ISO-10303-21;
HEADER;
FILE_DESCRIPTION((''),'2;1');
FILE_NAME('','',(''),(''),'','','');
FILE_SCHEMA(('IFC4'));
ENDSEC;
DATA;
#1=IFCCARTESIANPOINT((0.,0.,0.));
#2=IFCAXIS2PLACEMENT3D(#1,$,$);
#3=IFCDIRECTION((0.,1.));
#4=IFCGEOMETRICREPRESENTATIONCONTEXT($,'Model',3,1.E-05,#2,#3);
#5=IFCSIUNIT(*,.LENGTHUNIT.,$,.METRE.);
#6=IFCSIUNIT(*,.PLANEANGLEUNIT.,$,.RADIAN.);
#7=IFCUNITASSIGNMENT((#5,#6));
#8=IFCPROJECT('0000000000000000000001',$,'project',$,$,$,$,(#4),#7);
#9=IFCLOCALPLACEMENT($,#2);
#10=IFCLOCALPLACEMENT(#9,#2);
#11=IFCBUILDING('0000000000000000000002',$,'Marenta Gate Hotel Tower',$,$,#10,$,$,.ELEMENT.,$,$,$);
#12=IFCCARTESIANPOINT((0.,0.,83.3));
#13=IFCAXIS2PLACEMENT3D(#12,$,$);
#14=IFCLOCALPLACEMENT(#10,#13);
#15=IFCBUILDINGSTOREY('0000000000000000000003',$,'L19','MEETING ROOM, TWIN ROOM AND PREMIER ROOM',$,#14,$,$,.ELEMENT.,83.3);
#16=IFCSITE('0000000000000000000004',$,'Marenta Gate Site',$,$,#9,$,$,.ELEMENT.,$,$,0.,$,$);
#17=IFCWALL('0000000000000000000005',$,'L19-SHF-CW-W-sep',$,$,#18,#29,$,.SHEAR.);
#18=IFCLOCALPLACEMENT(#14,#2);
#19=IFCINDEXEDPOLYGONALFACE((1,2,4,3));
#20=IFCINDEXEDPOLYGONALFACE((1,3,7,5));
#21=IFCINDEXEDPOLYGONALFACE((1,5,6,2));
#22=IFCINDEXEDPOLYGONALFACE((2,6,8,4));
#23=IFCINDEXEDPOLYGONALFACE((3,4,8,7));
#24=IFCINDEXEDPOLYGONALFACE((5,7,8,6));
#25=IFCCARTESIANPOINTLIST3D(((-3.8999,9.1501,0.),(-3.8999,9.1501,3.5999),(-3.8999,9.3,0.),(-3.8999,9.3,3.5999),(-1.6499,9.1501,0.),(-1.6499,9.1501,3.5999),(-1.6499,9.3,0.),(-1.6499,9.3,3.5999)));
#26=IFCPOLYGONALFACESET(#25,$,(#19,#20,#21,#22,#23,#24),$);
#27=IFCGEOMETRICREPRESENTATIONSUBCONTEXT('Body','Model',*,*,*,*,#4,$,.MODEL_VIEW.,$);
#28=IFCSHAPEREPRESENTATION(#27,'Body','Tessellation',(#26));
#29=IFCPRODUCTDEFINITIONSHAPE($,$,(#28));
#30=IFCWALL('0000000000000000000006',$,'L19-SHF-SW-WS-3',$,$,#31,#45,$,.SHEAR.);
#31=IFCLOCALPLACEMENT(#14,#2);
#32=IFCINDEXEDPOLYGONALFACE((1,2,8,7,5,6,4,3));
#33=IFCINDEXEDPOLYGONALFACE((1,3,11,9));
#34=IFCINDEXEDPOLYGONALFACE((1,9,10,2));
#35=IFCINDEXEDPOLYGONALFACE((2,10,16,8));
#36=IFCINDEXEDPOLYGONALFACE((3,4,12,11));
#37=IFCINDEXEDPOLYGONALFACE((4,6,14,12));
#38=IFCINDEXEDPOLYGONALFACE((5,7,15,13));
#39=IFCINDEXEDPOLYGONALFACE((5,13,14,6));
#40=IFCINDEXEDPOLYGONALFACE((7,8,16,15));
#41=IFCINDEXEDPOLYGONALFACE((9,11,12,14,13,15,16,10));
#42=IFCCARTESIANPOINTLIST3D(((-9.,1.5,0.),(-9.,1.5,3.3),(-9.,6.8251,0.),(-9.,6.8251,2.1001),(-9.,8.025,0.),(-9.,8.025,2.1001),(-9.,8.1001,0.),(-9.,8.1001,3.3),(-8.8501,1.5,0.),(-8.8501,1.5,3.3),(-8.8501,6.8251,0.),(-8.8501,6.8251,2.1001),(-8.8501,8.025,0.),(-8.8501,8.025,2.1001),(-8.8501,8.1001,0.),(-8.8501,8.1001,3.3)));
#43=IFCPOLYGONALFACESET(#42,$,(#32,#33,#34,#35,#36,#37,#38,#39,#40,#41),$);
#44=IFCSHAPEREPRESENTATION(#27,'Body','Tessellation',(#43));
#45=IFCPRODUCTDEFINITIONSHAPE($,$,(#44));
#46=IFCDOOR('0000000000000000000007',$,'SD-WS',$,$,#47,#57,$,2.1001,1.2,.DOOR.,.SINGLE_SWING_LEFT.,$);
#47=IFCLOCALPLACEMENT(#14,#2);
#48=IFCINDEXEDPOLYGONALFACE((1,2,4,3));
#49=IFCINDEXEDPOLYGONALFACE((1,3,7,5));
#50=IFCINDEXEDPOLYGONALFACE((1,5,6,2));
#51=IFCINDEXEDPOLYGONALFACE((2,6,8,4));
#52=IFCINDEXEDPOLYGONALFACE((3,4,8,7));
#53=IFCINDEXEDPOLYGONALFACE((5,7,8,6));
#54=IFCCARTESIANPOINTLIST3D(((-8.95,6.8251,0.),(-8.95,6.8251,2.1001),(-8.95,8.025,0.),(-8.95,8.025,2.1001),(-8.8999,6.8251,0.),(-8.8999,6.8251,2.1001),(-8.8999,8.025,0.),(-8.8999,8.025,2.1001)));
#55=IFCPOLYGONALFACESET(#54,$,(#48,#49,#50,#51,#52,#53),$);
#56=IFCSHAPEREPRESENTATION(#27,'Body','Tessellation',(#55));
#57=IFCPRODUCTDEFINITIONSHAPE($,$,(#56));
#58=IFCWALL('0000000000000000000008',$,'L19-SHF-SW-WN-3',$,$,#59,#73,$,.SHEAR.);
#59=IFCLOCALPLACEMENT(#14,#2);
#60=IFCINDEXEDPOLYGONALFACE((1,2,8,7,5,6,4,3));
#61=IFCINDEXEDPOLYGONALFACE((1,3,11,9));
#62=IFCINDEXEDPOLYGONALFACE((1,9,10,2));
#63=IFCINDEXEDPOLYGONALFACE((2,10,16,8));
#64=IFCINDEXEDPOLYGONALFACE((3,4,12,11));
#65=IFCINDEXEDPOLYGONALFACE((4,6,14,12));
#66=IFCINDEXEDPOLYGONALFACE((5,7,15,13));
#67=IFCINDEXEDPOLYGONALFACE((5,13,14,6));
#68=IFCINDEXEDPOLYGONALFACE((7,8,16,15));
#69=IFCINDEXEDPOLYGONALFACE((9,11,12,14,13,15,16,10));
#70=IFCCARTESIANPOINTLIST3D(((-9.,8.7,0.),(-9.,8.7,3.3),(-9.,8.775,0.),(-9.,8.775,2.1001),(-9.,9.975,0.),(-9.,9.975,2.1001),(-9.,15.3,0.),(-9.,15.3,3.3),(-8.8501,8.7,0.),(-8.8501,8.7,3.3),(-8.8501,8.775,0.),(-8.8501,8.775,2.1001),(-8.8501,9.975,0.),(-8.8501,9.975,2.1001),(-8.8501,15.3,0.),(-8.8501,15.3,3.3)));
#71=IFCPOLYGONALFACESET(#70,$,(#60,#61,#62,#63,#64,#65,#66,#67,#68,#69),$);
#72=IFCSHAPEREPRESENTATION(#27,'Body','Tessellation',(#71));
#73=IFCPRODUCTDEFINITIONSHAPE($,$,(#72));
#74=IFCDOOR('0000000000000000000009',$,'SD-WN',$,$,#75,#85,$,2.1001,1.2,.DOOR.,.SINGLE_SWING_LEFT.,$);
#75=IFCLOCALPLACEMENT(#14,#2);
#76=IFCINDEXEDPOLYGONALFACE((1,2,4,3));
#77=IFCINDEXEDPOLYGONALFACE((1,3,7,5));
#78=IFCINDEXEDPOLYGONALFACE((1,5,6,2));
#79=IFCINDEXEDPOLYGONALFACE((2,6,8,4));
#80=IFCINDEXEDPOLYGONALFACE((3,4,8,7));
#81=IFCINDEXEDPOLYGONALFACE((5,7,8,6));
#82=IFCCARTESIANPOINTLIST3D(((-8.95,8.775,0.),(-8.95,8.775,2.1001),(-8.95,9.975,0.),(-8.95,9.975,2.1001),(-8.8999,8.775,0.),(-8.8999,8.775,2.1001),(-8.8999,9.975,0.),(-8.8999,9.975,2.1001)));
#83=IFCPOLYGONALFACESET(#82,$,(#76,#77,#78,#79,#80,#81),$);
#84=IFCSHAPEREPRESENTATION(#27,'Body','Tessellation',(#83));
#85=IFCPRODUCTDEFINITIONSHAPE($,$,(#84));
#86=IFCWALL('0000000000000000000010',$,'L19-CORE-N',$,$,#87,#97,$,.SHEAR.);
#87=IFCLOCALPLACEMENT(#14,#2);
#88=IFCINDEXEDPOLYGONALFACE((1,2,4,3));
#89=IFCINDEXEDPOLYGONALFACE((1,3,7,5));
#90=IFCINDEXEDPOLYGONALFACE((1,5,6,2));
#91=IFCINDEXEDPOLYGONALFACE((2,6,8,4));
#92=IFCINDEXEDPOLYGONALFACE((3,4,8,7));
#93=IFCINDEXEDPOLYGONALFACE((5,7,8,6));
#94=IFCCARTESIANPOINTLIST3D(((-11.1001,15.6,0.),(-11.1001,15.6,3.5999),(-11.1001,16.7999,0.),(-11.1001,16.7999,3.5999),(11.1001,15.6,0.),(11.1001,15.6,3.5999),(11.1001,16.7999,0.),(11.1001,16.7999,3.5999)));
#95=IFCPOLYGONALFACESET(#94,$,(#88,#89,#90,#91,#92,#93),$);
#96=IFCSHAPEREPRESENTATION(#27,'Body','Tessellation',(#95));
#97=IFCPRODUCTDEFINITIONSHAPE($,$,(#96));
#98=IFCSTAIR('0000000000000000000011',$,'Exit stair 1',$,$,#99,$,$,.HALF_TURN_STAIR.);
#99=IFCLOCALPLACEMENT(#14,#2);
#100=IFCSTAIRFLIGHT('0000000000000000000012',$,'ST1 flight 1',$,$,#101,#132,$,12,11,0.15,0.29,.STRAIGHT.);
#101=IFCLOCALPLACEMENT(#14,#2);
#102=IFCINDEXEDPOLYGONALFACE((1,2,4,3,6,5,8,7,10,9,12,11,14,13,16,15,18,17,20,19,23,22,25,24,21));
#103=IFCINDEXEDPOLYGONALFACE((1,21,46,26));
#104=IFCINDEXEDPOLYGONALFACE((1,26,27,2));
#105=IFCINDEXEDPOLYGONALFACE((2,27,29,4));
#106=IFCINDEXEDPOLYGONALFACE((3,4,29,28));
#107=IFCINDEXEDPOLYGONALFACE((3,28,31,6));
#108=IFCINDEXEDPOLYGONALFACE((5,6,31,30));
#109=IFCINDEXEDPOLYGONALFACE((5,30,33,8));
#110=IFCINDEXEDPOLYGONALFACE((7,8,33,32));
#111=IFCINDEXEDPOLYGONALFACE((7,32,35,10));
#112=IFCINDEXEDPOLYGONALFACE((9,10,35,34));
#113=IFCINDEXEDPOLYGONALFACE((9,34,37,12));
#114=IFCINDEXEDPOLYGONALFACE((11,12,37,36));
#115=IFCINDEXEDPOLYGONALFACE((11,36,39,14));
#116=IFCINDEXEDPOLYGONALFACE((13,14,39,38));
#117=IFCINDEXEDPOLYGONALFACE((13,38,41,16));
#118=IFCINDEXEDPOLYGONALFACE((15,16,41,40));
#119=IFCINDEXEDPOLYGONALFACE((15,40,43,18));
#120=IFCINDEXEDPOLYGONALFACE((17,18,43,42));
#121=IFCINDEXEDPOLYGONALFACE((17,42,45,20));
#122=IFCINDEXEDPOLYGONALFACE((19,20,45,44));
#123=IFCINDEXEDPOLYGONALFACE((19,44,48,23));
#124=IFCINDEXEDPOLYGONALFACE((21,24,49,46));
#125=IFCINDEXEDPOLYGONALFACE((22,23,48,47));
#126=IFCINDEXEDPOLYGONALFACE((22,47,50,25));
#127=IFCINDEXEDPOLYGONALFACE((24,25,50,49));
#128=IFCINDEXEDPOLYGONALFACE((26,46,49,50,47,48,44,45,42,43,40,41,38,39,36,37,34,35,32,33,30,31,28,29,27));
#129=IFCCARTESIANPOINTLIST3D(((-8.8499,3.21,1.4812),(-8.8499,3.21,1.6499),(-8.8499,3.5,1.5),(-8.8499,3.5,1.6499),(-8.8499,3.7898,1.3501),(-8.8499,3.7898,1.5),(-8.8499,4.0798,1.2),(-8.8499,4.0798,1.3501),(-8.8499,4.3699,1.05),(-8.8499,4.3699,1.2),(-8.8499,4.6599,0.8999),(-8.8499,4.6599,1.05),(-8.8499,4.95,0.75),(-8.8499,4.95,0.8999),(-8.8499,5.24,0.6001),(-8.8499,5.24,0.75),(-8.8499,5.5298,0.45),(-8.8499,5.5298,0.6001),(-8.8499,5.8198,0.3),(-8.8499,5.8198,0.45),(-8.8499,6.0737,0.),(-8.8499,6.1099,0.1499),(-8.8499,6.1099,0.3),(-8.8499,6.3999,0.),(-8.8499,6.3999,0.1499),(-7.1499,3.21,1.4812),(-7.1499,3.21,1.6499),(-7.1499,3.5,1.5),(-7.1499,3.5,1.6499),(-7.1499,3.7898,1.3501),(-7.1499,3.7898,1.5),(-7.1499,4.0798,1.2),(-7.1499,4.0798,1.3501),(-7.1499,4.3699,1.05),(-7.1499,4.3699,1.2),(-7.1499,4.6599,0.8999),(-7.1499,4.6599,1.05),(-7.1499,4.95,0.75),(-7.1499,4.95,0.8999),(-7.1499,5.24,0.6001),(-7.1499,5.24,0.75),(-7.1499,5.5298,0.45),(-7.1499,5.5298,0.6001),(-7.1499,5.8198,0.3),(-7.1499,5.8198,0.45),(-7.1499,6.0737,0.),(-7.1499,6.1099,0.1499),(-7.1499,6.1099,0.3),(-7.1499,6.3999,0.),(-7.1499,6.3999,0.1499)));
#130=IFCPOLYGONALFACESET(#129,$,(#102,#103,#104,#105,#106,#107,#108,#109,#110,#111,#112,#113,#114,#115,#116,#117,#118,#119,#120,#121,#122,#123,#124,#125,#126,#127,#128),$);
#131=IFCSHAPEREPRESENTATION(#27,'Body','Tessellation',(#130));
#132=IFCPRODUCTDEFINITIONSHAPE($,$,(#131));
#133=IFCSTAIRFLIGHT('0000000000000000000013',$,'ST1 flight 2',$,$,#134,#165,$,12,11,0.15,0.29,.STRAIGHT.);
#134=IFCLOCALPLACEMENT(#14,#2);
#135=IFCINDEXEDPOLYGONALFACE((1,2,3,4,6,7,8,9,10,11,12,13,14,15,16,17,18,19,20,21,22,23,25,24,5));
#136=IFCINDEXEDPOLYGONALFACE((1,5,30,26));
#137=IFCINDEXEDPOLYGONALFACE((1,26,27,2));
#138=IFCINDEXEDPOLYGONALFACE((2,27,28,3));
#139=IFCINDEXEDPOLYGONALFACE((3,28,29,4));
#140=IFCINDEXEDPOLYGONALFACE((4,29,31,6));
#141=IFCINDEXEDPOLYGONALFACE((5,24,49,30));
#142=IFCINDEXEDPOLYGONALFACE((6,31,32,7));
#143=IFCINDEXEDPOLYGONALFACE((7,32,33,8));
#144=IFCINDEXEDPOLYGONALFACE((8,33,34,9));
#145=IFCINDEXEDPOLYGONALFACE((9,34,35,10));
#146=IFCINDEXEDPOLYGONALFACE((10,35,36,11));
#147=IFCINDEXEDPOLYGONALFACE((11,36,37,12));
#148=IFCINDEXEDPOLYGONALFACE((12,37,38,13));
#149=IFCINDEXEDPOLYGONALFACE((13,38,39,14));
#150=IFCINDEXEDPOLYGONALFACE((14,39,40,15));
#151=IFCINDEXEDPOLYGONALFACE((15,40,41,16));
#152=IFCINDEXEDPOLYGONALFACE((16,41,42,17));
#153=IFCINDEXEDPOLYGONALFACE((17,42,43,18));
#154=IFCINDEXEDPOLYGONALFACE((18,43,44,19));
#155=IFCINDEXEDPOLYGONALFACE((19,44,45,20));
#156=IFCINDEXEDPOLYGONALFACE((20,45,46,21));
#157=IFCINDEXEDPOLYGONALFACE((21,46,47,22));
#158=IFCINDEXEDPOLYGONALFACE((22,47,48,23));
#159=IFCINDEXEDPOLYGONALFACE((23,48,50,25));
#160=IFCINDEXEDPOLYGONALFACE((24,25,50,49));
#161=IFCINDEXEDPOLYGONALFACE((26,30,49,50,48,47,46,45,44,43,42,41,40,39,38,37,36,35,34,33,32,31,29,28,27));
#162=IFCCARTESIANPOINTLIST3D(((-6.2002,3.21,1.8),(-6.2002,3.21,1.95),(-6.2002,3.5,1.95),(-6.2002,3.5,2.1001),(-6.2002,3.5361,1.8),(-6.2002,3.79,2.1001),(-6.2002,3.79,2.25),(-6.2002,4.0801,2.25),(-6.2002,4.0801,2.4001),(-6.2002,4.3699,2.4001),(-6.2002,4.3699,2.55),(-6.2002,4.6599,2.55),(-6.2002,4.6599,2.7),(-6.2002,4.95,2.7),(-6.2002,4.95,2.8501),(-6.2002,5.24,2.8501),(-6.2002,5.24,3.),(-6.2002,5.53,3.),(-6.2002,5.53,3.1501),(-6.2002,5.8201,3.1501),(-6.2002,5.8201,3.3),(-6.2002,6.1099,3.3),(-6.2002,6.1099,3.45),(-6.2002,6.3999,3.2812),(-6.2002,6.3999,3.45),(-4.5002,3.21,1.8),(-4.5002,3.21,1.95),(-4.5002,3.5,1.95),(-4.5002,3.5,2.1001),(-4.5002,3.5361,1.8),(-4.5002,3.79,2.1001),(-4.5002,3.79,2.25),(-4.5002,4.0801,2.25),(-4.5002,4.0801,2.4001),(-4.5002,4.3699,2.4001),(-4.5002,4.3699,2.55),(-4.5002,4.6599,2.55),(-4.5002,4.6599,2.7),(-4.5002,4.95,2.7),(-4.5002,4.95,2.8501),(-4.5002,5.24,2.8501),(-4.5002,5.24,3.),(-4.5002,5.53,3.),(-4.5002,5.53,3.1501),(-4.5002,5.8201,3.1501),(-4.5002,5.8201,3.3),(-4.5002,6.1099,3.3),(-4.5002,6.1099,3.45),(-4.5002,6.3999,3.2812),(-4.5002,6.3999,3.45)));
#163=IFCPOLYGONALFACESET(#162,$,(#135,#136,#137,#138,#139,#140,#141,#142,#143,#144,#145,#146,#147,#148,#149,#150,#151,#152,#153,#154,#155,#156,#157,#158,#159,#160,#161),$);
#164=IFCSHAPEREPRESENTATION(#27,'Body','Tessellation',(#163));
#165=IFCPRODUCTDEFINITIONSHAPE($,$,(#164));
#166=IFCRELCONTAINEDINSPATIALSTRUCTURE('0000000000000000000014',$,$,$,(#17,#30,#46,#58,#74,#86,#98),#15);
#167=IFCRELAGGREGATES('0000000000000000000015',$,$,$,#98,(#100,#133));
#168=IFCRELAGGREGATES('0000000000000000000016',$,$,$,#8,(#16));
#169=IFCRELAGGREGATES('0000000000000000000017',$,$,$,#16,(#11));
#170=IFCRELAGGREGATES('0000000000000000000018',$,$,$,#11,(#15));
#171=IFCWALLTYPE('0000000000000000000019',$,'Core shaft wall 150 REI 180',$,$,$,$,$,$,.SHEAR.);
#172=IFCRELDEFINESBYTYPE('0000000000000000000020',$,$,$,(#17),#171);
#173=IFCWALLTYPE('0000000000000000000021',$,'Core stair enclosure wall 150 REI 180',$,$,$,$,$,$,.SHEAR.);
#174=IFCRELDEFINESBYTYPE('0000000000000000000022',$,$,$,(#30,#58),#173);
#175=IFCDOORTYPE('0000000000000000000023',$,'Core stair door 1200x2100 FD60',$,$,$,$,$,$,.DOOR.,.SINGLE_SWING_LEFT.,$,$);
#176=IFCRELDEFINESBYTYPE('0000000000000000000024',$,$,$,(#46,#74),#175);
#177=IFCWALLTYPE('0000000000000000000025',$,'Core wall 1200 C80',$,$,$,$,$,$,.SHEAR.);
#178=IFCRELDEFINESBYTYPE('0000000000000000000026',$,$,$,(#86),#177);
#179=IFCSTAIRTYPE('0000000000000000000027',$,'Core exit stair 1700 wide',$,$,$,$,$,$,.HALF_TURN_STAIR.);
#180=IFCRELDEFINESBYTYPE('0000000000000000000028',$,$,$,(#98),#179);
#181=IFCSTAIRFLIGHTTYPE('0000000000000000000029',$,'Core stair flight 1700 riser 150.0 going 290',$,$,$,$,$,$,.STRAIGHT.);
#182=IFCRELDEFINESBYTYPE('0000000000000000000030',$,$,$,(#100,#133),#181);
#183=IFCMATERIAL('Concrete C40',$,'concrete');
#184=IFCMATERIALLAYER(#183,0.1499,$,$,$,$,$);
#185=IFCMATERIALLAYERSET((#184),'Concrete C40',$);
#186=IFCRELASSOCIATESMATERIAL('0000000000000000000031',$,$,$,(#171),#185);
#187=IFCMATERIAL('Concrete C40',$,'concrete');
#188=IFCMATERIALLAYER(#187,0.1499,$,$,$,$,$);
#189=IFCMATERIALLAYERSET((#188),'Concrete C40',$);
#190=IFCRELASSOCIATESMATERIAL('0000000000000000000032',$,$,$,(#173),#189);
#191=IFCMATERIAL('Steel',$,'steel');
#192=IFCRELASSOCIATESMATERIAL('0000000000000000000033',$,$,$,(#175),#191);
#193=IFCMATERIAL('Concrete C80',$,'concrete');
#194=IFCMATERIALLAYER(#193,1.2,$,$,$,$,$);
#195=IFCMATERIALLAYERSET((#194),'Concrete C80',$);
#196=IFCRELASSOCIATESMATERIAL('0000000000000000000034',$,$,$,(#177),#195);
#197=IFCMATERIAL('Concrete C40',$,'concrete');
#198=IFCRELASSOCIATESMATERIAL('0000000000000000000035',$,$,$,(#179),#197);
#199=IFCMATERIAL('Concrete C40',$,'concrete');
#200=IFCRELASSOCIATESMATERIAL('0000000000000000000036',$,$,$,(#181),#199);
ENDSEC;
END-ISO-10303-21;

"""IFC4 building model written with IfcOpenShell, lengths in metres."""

from ifc_helpers import new_model, si_unit, direction, frame, frame_2d, origin, place, context, subcontext, project, spatial, polyline, rectangle, outline, extrude, material, layer, layer_set, type_object, element, fill, aggregate, save


model = new_model("IFC4")

# Units and contexts
model_context = context("Model", 3, precision=1e-05, world=origin(), true_north=direction((0.0, 1.0)))
body_context = subcontext(model_context, "Body", "Model", "MODEL_VIEW")
ifc_project = project(units=[si_unit("LENGTHUNIT", "METRE"), si_unit("PLANEANGLEUNIT", "RADIAN")], contexts=[model_context])

# Site, building, storey
site_placement = place(None, origin())
site = spatial("IfcSite", under=ifc_project, at=site_placement, Name="Marenta Gate Site", CompositionType="ELEMENT", RefElevation=0.0)
building_placement = place(site_placement, origin())
building = spatial("IfcBuilding", under=site, at=building_placement, Name="Marenta Gate Hotel Tower", CompositionType="ELEMENT")
storey_placement = place(building_placement, frame((0.0, 0.0, 83.3)))
storey = spatial("IfcBuildingStorey", under=building, at=storey_placement, Name="L19", Description="MEETING ROOM, TWIN ROOM AND PREMIER ROOM", CompositionType="ELEMENT", Elevation=83.3)

# Shared definitions
ifc_material_1 = material(Name="Concrete C40", Category="concrete")
ifc_layer_1 = layer(ifc_material_1, 0.1499)
ifc_layer_set_1 = layer_set([ifc_layer_1], Name="Concrete C40")
wall_type_1 = type_object("IfcWallType", Name="Core shaft wall 150 REI 180", PredefinedType="SHEAR", material=ifc_layer_set_1)

# Wall
wall_1_placement = place(storey_placement, frame((-3.8999, 9.2251, 0.0), z_axis=(0.0, 0.0, 1.0), x_axis=(1.0, 0.0, 0.0)))
element("IfcWall", 1, at=wall_1_placement, inside=storey, type_object=wall_type_1, Name="L19-SHF-CW-W-sep", PredefinedType="SHEAR", context=body_context, shape_type="SweptSolid", body=[
    extrude(rectangle(XDim=2.25, YDim=0.1499, at=frame_2d((1.125, 0.0))), origin(), (0.0, 0.0, 1.0), 3.5999),
])

# Walls, openings, doors
ifc_material_2 = material(Name="Concrete C40", Category="concrete")
ifc_layer_2 = layer(ifc_material_2, 0.1499)
ifc_layer_set_2 = layer_set([ifc_layer_2], Name="Concrete C40")
wall_type_2 = type_object("IfcWallType", Name="Core stair enclosure wall 150 REI 180", PredefinedType="SHEAR", material=ifc_layer_set_2)
wall_2_placement = place(storey_placement, frame((-8.925, 1.5, 0.0), z_axis=(0.0, 0.0, 1.0), x_axis=(0.0, 1.0, 0.0)))
wall_2 = element("IfcWall", 2, at=wall_2_placement, inside=storey, type_object=wall_type_2, Name="L19-SHF-SW-WS-3", PredefinedType="SHEAR", context=body_context, shape_type="SweptSolid", body=[
    extrude(rectangle(XDim=6.6001, YDim=0.1499, at=frame_2d((3.3, 0.0))), origin(), (0.0, 0.0, 1.0), 3.3),
])
opening_1_placement = place(wall_2_placement, frame((5.325, 0.0, 0.0)))
opening_1 = element("IfcOpeningElement", 3, at=opening_1_placement, cuts=wall_2, PredefinedType="OPENING", context=body_context, shape_type="SweptSolid", body=[
    extrude(rectangle(XDim=1.2, YDim=2.1001, at=frame_2d((0.6001, 1.05))), frame((0.0, 0.075, 0.0), z_axis=(0.0, -1.0, 0.0), x_axis=(1.0, 0.0, 0.0)), (0.0, 0.0, 1.0), 0.1499),
])
ifc_material_3 = material(Name="Steel", Category="steel")
door_type_1 = type_object("IfcDoorType", Name="Core stair door 1200x2100 FD60", OperationType="SINGLE_SWING_LEFT", PredefinedType="DOOR", material=ifc_material_3)
door_1_placement = place(opening_1_placement, origin())
door_1 = element("IfcDoor", 4, at=door_1_placement, inside=storey, type_object=door_type_1, Name="SD-WS", OperationType="SINGLE_SWING_LEFT", OverallHeight=2.1001, OverallWidth=1.2, PredefinedType="DOOR", context=body_context, shape_type="SweptSolid", body=[
    extrude(rectangle(XDim=1.2, YDim=2.1001, at=frame_2d((0.6001, 1.05))), frame((0.0, 0.0249, 0.0), z_axis=(0.0, -1.0, 0.0), x_axis=(1.0, 0.0, 0.0)), (0.0, 0.0, 1.0), 0.05),
])
fill(opening_1, door_1)
wall_3_placement = place(storey_placement, frame((-8.925, 8.7, 0.0), z_axis=(0.0, 0.0, 1.0), x_axis=(0.0, 1.0, 0.0)))
wall_3 = element("IfcWall", 5, at=wall_3_placement, inside=storey, type_object=wall_type_2, Name="L19-SHF-SW-WN-3", PredefinedType="SHEAR", context=body_context, shape_type="SweptSolid", body=[
    extrude(rectangle(XDim=6.6001, YDim=0.1499, at=frame_2d((3.3, 0.0))), origin(), (0.0, 0.0, 1.0), 3.3),
])
opening_2_placement = place(wall_3_placement, frame((0.075, 0.0, 0.0)))
opening_2 = element("IfcOpeningElement", 6, at=opening_2_placement, cuts=wall_3, PredefinedType="OPENING", context=body_context, shape_type="SweptSolid", body=[
    extrude(rectangle(XDim=1.2, YDim=2.1001, at=frame_2d((0.6001, 1.05))), frame((0.0, 0.075, 0.0), z_axis=(0.0, -1.0, 0.0), x_axis=(1.0, 0.0, 0.0)), (0.0, 0.0, 1.0), 0.1499),
])
door_2_placement = place(opening_2_placement, origin())
door_2 = element("IfcDoor", 7, at=door_2_placement, inside=storey, type_object=door_type_1, Name="SD-WN", OperationType="SINGLE_SWING_LEFT", OverallHeight=2.1001, OverallWidth=1.2, PredefinedType="DOOR", context=body_context, shape_type="SweptSolid", body=[
    extrude(rectangle(XDim=1.2, YDim=2.1001, at=frame_2d((0.6001, 1.05))), frame((0.0, 0.0249, 0.0), z_axis=(0.0, -1.0, 0.0), x_axis=(1.0, 0.0, 0.0)), (0.0, 0.0, 1.0), 0.05),
])
fill(opening_2, door_2)

# Wall
ifc_material_4 = material(Name="Concrete C80", Category="concrete")
ifc_layer_3 = layer(ifc_material_4, 1.2)
ifc_layer_set_3 = layer_set([ifc_layer_3], Name="Concrete C80")
wall_type_3 = type_object("IfcWallType", Name="Core wall 1200 C80", PredefinedType="SHEAR", material=ifc_layer_set_3)
wall_4_placement = place(storey_placement, frame((-11.1001, 16.2, 0.0), z_axis=(0.0, 0.0, 1.0), x_axis=(1.0, 0.0, 0.0)))
element("IfcWall", 8, at=wall_4_placement, inside=storey, type_object=wall_type_3, Name="L19-CORE-N", PredefinedType="SHEAR", context=body_context, shape_type="SweptSolid", body=[
    extrude(rectangle(XDim=22.2002, YDim=1.2, at=frame_2d((11.1001, 0.0))), origin(), (0.0, 0.0, 1.0), 3.5999),
])

# Stair, stair flights
ifc_material_5 = material(Name="Concrete C40", Category="concrete")
stair_type = type_object("IfcStairType", Name="Core exit stair 1700 wide", PredefinedType="HALF_TURN_STAIR", material=ifc_material_5)
stair_1_placement = place(storey_placement, origin())
stair_1 = element("IfcStair", 9, at=stair_1_placement, inside=storey, type_object=stair_type, Name="Exit stair 1", PredefinedType="HALF_TURN_STAIR")
ifc_material_6 = material(Name="Concrete C40", Category="concrete")
stair_flight_type = type_object("IfcStairFlightType", Name="Core stair flight 1700 riser 150.0 going 290", PredefinedType="STRAIGHT", material=ifc_material_6)
stair_flight_1_placement = place(storey_placement, frame((-8.0, 6.3999, 0.0), z_axis=(0.0, 0.0, 1.0), x_axis=(0.0, -1.0, 0.0)))
stair_flight_1 = element("IfcStairFlight", 10, at=stair_flight_1_placement, type_object=stair_flight_type, Name="ST1 flight 1", NumberOfRisers=12, NumberOfTreads=11, PredefinedType="STRAIGHT", RiserHeight=0.15, TreadLength=0.29, context=body_context, shape_type="SweptSolid", body=[
    extrude(outline(polyline([(0.0, 0.0), (0.0, 0.1499), (0.29, 0.1499), (0.29, 0.3), (0.5801, 0.3), (0.5801, 0.45), (0.8701, 0.45), (0.8701, 0.6001), (1.1599, 0.6001), (1.1599, 0.75), (1.45, 0.75), (1.45, 0.8999), (1.74, 0.8999), (1.74, 1.05), (2.03, 1.05), (2.03, 1.2), (2.3201, 1.2), (2.3201, 1.3501), (2.6101, 1.3501), (2.6101, 1.5), (2.8999, 1.5), (2.8999, 1.6499), (3.1899, 1.6499), (3.1899, 1.8), (3.1899, 1.4812), (0.3262, 0.0), (0.0, 0.0)])), frame((0.0, 0.8501, 0.0), z_axis=(0.0, -1.0, 0.0), x_axis=(1.0, 0.0, 0.0)), (0.0, 0.0, 1.0), 1.7),
])
stair_flight_2_placement = place(storey_placement, frame((-5.3501, 3.21, 1.8), z_axis=(0.0, 0.0, 1.0), x_axis=(0.0, 1.0, 0.0)))
stair_flight_2 = element("IfcStairFlight", 11, at=stair_flight_2_placement, type_object=stair_flight_type, Name="ST1 flight 2", NumberOfRisers=12, NumberOfTreads=11, PredefinedType="STRAIGHT", RiserHeight=0.15, TreadLength=0.29, context=body_context, shape_type="SweptSolid", body=[
    extrude(outline(polyline([(0.0, 0.0), (0.0, 0.1499), (0.29, 0.1499), (0.29, 0.3), (0.5801, 0.3), (0.5801, 0.45), (0.8701, 0.45), (0.8701, 0.6001), (1.1599, 0.6001), (1.1599, 0.75), (1.45, 0.75), (1.45, 0.8999), (1.74, 0.8999), (1.74, 1.05), (2.03, 1.05), (2.03, 1.2), (2.3201, 1.2), (2.3201, 1.3501), (2.6101, 1.3501), (2.6101, 1.5), (2.8999, 1.5), (2.8999, 1.6499), (3.1899, 1.6499), (3.1899, 1.8), (3.1899, 1.4812), (0.3262, 0.0), (0.0, 0.0)])), frame((0.0, 0.8501, 0.0), z_axis=(0.0, -1.0, 0.0), x_axis=(1.0, 0.0, 0.0)), (0.0, 0.0, 1.0), 1.7),
])
aggregate(stair_1, [stair_flight_1, stair_flight_2])

save(model, "model.ifc")
